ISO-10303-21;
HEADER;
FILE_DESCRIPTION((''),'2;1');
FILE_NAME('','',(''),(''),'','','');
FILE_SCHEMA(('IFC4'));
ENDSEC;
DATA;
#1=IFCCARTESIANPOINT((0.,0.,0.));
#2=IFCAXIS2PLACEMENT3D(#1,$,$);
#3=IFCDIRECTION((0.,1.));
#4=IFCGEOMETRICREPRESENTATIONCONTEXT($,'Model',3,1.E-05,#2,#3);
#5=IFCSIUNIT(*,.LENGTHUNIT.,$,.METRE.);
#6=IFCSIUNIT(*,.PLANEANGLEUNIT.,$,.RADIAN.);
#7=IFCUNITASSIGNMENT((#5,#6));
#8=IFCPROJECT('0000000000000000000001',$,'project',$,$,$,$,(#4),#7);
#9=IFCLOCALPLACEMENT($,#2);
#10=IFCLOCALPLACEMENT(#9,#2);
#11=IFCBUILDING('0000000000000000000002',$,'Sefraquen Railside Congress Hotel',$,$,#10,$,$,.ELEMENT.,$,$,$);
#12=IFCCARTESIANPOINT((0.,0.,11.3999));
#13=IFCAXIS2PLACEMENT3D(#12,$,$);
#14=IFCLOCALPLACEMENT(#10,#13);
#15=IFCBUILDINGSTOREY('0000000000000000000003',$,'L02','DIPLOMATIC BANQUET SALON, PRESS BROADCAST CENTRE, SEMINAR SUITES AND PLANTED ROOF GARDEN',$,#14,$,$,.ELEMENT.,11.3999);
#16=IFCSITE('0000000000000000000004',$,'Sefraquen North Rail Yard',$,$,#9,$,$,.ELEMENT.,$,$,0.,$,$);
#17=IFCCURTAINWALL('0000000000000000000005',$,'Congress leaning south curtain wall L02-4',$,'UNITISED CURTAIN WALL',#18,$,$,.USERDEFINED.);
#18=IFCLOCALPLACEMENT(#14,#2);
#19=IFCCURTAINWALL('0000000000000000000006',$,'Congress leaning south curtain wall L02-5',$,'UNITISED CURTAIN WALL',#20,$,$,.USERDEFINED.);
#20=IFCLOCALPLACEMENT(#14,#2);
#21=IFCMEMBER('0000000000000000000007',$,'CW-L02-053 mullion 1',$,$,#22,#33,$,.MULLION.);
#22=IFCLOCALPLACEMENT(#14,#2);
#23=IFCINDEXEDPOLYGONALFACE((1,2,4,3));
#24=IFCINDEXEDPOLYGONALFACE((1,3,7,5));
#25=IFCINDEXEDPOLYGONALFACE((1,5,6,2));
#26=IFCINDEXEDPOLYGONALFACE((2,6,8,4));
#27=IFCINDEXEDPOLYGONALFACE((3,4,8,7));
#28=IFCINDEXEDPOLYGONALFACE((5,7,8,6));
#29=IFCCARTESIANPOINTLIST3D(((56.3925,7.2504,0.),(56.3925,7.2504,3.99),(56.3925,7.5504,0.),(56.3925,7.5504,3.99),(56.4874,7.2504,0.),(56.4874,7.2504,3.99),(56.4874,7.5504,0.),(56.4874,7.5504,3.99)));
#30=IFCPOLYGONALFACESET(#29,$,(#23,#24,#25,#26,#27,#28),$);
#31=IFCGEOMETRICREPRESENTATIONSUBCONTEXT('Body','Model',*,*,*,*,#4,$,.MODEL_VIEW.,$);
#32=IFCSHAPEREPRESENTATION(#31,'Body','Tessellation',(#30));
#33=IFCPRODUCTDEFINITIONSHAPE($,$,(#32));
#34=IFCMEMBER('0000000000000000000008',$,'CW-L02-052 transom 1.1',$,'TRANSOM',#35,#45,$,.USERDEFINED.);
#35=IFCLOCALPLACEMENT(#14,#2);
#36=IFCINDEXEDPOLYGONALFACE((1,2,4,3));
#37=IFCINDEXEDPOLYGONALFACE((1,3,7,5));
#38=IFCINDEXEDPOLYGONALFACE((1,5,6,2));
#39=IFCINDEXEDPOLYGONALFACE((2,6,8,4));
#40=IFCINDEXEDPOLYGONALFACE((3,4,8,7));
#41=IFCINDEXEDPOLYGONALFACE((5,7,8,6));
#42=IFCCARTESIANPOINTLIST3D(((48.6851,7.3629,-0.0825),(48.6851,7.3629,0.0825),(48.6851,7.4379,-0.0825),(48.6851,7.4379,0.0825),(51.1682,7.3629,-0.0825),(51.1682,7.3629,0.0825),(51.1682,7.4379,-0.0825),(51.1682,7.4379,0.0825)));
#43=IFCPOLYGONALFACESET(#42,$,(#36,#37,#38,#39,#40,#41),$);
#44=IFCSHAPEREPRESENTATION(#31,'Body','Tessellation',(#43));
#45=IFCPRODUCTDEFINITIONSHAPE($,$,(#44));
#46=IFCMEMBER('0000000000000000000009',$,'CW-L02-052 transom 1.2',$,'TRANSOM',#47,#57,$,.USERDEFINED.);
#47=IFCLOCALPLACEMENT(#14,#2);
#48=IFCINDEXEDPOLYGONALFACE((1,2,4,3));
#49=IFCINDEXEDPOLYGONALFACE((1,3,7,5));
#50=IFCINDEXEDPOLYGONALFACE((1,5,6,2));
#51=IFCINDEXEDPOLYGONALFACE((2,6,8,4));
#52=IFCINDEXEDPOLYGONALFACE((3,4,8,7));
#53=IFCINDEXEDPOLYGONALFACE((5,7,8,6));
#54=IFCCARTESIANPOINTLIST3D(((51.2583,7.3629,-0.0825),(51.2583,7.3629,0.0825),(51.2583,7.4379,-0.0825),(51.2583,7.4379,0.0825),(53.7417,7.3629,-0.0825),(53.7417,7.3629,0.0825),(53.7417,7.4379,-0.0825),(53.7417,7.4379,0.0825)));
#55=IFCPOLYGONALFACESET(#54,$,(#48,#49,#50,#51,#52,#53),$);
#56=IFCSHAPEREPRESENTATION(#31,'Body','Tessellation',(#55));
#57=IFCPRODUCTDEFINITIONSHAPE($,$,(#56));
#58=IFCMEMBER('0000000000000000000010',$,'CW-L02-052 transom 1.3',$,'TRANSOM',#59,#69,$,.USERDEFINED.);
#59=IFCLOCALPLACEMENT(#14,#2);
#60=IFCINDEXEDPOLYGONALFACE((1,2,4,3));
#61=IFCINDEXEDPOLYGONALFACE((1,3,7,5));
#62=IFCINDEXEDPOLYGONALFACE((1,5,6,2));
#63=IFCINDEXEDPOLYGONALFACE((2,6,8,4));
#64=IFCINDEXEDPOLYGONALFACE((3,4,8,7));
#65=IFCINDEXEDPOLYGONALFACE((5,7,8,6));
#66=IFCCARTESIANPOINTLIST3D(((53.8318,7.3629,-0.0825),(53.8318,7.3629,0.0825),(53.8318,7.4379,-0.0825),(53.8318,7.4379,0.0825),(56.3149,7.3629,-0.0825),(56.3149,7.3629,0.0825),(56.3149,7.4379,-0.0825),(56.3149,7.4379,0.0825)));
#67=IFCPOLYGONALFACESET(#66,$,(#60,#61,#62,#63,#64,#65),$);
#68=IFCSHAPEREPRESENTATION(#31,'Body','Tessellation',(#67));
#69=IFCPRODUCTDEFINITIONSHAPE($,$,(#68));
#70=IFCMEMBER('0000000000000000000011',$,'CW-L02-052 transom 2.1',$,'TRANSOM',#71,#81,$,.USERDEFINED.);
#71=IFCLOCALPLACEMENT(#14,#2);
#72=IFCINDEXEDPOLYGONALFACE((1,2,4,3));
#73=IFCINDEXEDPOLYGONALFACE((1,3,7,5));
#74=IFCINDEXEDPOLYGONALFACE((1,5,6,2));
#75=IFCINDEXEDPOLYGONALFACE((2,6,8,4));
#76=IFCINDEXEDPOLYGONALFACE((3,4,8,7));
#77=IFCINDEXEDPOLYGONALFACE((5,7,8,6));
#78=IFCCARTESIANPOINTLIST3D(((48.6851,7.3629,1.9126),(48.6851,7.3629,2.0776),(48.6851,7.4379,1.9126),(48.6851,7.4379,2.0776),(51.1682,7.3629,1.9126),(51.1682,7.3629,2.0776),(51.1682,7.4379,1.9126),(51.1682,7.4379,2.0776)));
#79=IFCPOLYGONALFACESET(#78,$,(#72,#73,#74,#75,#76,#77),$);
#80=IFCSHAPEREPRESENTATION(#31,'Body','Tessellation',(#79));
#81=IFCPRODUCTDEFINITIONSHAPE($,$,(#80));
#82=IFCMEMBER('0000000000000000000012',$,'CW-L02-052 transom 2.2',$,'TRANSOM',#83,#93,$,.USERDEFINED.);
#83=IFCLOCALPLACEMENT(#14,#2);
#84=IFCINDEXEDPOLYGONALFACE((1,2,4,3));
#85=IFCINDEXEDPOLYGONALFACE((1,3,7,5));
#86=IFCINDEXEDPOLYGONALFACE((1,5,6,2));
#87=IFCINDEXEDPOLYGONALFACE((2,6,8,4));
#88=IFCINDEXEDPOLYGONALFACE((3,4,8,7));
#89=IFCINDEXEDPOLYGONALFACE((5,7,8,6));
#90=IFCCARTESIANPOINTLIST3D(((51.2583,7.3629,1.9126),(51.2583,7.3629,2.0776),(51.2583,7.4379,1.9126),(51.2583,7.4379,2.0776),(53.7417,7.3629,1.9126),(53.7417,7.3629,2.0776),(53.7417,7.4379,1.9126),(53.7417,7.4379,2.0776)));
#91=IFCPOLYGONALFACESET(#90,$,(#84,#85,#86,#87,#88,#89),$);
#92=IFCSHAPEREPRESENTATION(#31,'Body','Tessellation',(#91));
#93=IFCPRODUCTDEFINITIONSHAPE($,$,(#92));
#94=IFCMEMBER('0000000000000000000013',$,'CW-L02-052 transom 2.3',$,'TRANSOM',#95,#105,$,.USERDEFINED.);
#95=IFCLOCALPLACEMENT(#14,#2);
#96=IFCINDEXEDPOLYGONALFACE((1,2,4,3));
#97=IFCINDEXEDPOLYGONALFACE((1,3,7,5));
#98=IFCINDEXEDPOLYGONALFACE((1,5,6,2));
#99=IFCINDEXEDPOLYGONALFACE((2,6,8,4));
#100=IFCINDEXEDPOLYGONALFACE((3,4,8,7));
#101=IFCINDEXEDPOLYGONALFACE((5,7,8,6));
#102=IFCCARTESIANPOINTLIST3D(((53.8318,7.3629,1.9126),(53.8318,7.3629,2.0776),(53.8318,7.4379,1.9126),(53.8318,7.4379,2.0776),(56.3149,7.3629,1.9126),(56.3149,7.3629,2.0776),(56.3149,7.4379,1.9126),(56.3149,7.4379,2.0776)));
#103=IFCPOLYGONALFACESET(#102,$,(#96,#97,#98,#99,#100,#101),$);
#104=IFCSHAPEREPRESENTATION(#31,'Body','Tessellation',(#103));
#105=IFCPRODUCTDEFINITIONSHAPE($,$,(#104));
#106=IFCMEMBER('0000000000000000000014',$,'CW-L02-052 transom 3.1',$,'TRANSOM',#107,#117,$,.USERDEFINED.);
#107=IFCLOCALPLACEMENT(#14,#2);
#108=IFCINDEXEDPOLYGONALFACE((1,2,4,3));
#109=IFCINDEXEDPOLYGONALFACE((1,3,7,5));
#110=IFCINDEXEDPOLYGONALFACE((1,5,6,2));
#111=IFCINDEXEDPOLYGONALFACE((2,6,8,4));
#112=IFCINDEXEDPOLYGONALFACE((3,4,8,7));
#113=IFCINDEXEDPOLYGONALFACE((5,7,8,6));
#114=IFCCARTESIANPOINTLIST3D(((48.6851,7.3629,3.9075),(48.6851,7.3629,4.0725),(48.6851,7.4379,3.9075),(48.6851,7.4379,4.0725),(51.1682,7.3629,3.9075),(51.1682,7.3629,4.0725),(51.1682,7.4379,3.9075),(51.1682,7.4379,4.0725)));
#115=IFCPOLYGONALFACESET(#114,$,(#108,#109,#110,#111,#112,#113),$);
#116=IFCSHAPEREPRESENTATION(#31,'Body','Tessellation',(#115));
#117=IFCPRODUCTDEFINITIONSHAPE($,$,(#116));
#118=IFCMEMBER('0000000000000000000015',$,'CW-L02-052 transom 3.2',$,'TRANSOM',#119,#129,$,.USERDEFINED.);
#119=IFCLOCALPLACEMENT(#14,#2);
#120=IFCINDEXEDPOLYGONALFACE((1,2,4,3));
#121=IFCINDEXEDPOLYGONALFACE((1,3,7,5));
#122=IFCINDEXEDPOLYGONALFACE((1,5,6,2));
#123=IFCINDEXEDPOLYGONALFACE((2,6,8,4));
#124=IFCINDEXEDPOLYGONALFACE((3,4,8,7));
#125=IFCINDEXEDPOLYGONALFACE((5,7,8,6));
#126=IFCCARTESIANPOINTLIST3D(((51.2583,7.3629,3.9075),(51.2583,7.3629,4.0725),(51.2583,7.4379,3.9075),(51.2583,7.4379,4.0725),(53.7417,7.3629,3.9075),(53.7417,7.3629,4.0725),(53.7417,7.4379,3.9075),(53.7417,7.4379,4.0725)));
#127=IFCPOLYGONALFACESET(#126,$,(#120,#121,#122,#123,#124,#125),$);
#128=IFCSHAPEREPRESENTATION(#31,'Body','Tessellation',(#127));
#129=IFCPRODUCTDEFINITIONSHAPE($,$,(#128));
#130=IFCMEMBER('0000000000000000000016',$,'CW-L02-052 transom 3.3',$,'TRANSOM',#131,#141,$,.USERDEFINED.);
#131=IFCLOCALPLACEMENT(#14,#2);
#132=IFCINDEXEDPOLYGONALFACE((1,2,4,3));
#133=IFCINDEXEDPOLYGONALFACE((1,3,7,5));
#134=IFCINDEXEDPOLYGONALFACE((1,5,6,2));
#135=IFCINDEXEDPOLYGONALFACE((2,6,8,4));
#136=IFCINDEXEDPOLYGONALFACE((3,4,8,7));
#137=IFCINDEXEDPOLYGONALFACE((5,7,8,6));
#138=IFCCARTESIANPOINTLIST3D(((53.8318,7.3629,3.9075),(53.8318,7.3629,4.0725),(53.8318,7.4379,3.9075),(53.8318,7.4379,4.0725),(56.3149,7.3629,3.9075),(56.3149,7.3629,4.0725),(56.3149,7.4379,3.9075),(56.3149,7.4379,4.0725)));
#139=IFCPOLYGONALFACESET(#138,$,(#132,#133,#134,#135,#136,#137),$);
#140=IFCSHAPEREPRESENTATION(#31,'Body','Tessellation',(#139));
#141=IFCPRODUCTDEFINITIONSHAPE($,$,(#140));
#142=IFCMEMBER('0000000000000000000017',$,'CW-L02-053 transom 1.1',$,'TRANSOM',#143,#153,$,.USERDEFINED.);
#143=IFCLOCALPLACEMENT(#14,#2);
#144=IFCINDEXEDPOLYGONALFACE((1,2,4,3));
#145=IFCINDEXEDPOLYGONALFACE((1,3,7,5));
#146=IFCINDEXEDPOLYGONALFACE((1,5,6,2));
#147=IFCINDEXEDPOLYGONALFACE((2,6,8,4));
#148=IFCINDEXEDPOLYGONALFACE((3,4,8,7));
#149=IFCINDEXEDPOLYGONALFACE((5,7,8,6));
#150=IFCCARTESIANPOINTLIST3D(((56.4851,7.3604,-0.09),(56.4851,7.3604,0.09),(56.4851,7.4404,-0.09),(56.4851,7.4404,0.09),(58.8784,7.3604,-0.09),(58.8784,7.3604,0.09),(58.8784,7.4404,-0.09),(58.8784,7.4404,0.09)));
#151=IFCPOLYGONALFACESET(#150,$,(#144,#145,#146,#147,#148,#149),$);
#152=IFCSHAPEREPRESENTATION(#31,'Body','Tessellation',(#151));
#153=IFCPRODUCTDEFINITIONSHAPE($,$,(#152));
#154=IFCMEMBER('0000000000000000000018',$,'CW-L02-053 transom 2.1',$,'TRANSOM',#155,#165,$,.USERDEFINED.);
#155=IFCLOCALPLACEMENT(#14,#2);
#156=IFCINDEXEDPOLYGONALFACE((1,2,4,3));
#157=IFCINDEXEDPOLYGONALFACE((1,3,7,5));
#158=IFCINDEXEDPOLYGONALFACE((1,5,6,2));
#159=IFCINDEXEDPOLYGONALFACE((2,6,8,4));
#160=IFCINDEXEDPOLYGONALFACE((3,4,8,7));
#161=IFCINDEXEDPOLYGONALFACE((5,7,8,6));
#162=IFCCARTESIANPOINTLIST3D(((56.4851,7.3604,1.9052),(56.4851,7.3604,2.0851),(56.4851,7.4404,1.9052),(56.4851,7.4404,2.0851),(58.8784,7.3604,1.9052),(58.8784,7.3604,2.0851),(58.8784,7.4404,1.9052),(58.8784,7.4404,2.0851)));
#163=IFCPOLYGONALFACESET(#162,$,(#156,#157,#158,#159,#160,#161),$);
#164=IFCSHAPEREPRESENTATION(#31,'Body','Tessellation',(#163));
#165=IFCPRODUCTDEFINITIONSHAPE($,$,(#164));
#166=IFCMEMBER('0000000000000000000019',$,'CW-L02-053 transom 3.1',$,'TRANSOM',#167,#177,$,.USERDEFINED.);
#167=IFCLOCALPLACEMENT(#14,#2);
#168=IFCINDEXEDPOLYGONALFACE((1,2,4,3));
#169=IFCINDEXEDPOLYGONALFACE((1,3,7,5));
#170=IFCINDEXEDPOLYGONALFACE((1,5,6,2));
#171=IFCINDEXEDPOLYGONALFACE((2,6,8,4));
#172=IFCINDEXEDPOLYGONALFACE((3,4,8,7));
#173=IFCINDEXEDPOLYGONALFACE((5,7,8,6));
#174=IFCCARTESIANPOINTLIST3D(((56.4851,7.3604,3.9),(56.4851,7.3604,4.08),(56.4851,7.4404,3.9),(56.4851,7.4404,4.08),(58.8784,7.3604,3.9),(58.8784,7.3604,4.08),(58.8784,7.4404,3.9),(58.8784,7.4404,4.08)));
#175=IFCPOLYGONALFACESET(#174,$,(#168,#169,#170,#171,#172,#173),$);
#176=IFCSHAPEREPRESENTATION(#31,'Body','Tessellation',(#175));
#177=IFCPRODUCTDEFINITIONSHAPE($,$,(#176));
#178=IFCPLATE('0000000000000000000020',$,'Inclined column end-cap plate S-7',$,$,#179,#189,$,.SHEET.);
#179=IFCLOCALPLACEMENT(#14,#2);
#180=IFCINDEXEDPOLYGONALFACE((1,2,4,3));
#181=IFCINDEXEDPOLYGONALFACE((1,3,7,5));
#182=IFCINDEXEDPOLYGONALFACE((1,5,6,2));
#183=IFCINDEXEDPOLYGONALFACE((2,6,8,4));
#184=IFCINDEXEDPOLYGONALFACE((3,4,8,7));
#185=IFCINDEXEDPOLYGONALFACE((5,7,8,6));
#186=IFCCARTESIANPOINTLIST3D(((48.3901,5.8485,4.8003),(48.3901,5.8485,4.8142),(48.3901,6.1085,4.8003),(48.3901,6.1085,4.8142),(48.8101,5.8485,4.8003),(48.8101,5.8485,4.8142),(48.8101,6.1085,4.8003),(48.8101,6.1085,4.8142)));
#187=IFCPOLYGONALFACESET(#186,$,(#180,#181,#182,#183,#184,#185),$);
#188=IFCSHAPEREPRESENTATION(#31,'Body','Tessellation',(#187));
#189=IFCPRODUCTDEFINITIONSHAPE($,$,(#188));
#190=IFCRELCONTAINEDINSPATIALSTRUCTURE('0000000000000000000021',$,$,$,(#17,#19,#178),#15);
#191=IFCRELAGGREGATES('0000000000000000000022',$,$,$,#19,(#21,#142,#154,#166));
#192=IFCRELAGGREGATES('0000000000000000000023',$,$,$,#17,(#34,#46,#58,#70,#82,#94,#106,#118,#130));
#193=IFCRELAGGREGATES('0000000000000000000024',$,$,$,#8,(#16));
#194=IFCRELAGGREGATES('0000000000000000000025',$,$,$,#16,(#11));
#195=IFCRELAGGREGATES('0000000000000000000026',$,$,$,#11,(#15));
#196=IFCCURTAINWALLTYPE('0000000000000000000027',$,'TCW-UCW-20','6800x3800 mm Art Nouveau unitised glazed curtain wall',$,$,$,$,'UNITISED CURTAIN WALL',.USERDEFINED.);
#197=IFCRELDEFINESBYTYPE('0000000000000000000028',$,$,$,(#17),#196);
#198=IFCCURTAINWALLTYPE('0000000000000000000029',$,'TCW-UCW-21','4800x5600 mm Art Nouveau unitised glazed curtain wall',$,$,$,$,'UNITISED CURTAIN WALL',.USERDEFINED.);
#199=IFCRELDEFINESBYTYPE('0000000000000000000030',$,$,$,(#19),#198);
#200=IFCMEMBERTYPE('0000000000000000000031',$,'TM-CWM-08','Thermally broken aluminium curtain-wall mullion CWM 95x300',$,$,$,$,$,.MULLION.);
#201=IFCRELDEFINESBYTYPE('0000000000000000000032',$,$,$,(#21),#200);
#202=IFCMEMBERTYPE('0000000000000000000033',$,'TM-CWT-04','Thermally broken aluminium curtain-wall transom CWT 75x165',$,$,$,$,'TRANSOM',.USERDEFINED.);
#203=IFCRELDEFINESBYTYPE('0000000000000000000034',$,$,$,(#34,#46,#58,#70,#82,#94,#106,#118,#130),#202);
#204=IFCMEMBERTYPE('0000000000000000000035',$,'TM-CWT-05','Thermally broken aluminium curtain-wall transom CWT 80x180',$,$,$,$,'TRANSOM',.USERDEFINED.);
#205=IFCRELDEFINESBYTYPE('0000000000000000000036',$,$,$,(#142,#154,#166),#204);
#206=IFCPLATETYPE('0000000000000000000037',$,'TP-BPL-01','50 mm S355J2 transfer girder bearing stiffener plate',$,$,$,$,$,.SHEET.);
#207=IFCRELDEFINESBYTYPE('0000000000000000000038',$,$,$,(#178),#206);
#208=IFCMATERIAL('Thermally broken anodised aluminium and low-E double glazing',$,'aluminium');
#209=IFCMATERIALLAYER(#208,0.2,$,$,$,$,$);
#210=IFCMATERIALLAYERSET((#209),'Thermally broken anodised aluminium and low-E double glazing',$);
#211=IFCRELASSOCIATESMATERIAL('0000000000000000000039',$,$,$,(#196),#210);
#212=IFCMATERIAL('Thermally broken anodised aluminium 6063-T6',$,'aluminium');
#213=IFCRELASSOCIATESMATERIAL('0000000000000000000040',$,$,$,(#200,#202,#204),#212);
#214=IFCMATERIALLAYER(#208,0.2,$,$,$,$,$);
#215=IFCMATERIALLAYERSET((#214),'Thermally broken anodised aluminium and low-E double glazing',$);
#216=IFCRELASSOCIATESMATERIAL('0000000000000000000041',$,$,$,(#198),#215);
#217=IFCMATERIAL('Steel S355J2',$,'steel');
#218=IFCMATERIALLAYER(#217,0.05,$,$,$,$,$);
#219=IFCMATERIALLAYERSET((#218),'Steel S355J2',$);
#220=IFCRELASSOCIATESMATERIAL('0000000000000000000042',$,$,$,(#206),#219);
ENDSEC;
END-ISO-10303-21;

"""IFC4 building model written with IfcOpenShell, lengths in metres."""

from ifc_helpers import new_model, si_unit, direction, frame, origin, origin_2d, place, context, subcontext, project, spatial, rectangle, extrude, material, layer, layer_set, material_profile, profile_set, type_object, element, aggregate, save


model = new_model("IFC4")

# Units and contexts
model_context = context("Model", 3, precision=1e-05, world=origin(), true_north=direction((0.0, 1.0)))
body_context = subcontext(model_context, "Body", "Model", "MODEL_VIEW")
ifc_project = project(units=[si_unit("LENGTHUNIT", "METRE"), si_unit("PLANEANGLEUNIT", "RADIAN")], contexts=[model_context])

# Site, building, storey
site_placement = place(None, origin())
site = spatial("IfcSite", under=ifc_project, at=site_placement, Name="Sefraquen North Rail Yard", CompositionType="ELEMENT", RefElevation=0.0)
building_placement = place(site_placement, origin())
building = spatial("IfcBuilding", under=site, at=building_placement, Name="Sefraquen Railside Congress Hotel", CompositionType="ELEMENT")
storey_placement = place(building_placement, frame((0.0, 0.0, 11.3999)))
storey = spatial("IfcBuildingStorey", under=building, at=storey_placement, Name="L02", Description="DIPLOMATIC BANQUET SALON, PRESS BROADCAST CENTRE, SEMINAR SUITES AND PLANTED ROOF GARDEN", CompositionType="ELEMENT", Elevation=11.3999)

# Shared definitions
ifc_material_1 = material(Name="Steel S355J2", Category="steel")

# Curtain wall
ifc_material_2 = material(Name="Thermally broken anodised aluminium and low-E double glazing", Category="aluminium")
ifc_layer_1 = layer(ifc_material_2, 0.2)
ifc_layer_set_1 = layer_set([ifc_layer_1], Name="Thermally broken anodised aluminium and low-E double glazing")
curtain_wall_type_1 = type_object("IfcCurtainWallType", Name="TCW-UCW-20", Description="6800x3800 mm Art Nouveau unitised glazed curtain wall", ElementType="UNITISED CURTAIN WALL", PredefinedType="USERDEFINED", material=ifc_layer_set_1)
curtain_wall_1_placement = place(storey_placement, origin())
curtain_wall_1 = element("IfcCurtainWall", 1, at=curtain_wall_1_placement, inside=storey, type_object=curtain_wall_type_1, Name="Congress leaning south curtain wall L02-4", ObjectType="UNITISED CURTAIN WALL", PredefinedType="USERDEFINED")
ifc_material_3 = material(Name="Thermally broken anodised aluminium 6063-T6", Category="aluminium")
ifc_material_profile_1 = material_profile(ifc_material_3, rectangle(XDim=0.095, YDim=0.3, at=origin_2d()), Name="CWM 95x300")
ifc_profile_set_1 = profile_set([ifc_material_profile_1], Name="Thermally broken anodised aluminium 6063-T6")
member_type_1 = type_object("IfcMemberType", Name="TM-CWM-08", Description="Thermally broken aluminium curtain-wall mullion CWM 95x300", PredefinedType="MULLION", material=ifc_profile_set_1)

# Curtain wall, member
ifc_layer_2 = layer(ifc_material_2, 0.2)
ifc_layer_set_2 = layer_set([ifc_layer_2], Name="Thermally broken anodised aluminium and low-E double glazing")
curtain_wall_type_2 = type_object("IfcCurtainWallType", Name="TCW-UCW-21", Description="4800x5600 mm Art Nouveau unitised glazed curtain wall", ElementType="UNITISED CURTAIN WALL", PredefinedType="USERDEFINED", material=ifc_layer_set_2)
curtain_wall_2_placement = place(storey_placement, origin())
curtain_wall_2 = element("IfcCurtainWall", 2, at=curtain_wall_2_placement, inside=storey, type_object=curtain_wall_type_2, Name="Congress leaning south curtain wall L02-5", ObjectType="UNITISED CURTAIN WALL", PredefinedType="USERDEFINED")
member_1_placement = place(storey_placement, frame((56.4399, 7.4004, 0.0), z_axis=(0.0, 0.0, 1.0), x_axis=(1.0, 0.0, 0.0)))
member_1 = element("IfcMember", 3, at=member_1_placement, type_object=member_type_1, Name="CW-L02-053 mullion 1", PredefinedType="MULLION", context=body_context, shape_type="SweptSolid", body=[
    extrude(rectangle(XDim=0.095, YDim=0.3, at=origin_2d()), origin(), (0.0, 0.0, 1.0), 3.99),
])

# Members
ifc_material_profile_2 = material_profile(ifc_material_3, rectangle(XDim=0.075, YDim=0.165, at=origin_2d()), Name="CWT 75x165")
ifc_profile_set_2 = profile_set([ifc_material_profile_2], Name="Thermally broken anodised aluminium 6063-T6")
member_type_2 = type_object("IfcMemberType", Name="TM-CWT-04", Description="Thermally broken aluminium curtain-wall transom CWT 75x165", ElementType="TRANSOM", PredefinedType="USERDEFINED", material=ifc_profile_set_2)
member_2_placement = place(storey_placement, frame((48.6851, 7.4004, 0.0), z_axis=(1.0, 0.0, 0.0), x_axis=(0.0, 1.0, 0.0)))
member_2 = element("IfcMember", 4, at=member_2_placement, type_object=member_type_2, Name="CW-L02-052 transom 1.1", ObjectType="TRANSOM", PredefinedType="USERDEFINED", context=body_context, shape_type="SweptSolid", body=[
    extrude(rectangle(XDim=0.075, YDim=0.165, at=origin_2d()), origin(), (0.0, 0.0, 1.0), 2.4832),
])
member_3_placement = place(storey_placement, frame((51.2583, 7.4004, 0.0), z_axis=(1.0, 0.0, 0.0), x_axis=(0.0, 1.0, 0.0)))
member_3 = element("IfcMember", 5, at=member_3_placement, type_object=member_type_2, Name="CW-L02-052 transom 1.2", ObjectType="TRANSOM", PredefinedType="USERDEFINED", context=body_context, shape_type="SweptSolid", body=[
    extrude(rectangle(XDim=0.075, YDim=0.165, at=origin_2d()), origin(), (0.0, 0.0, 1.0), 2.4834),
])
member_4_placement = place(storey_placement, frame((53.8318, 7.4004, 0.0), z_axis=(1.0, 0.0, 0.0), x_axis=(0.0, 1.0, 0.0)))
member_4 = element("IfcMember", 6, at=member_4_placement, type_object=member_type_2, Name="CW-L02-052 transom 1.3", ObjectType="TRANSOM", PredefinedType="USERDEFINED", context=body_context, shape_type="SweptSolid", body=[
    extrude(rectangle(XDim=0.075, YDim=0.165, at=origin_2d()), origin(), (0.0, 0.0, 1.0), 2.4832),
])
member_5_placement = place(storey_placement, frame((48.6851, 7.4004, 1.9951), z_axis=(1.0, 0.0, 0.0), x_axis=(0.0, 1.0, 0.0)))
member_5 = element("IfcMember", 7, at=member_5_placement, type_object=member_type_2, Name="CW-L02-052 transom 2.1", ObjectType="TRANSOM", PredefinedType="USERDEFINED", context=body_context, shape_type="SweptSolid", body=[
    extrude(rectangle(XDim=0.075, YDim=0.165, at=origin_2d()), origin(), (0.0, 0.0, 1.0), 2.4832),
])
member_6_placement = place(storey_placement, frame((51.2583, 7.4004, 1.9951), z_axis=(1.0, 0.0, 0.0), x_axis=(0.0, 1.0, 0.0)))
member_6 = element("IfcMember", 8, at=member_6_placement, type_object=member_type_2, Name="CW-L02-052 transom 2.2", ObjectType="TRANSOM", PredefinedType="USERDEFINED", context=body_context, shape_type="SweptSolid", body=[
    extrude(rectangle(XDim=0.075, YDim=0.165, at=origin_2d()), origin(), (0.0, 0.0, 1.0), 2.4834),
])
member_7_placement = place(storey_placement, frame((53.8318, 7.4004, 1.9951), z_axis=(1.0, 0.0, 0.0), x_axis=(0.0, 1.0, 0.0)))
member_7 = element("IfcMember", 9, at=member_7_placement, type_object=member_type_2, Name="CW-L02-052 transom 2.3", ObjectType="TRANSOM", PredefinedType="USERDEFINED", context=body_context, shape_type="SweptSolid", body=[
    extrude(rectangle(XDim=0.075, YDim=0.165, at=origin_2d()), origin(), (0.0, 0.0, 1.0), 2.4832),
])
member_8_placement = place(storey_placement, frame((48.6851, 7.4004, 3.99), z_axis=(1.0, 0.0, 0.0), x_axis=(0.0, 1.0, 0.0)))
member_8 = element("IfcMember", 10, at=member_8_placement, type_object=member_type_2, Name="CW-L02-052 transom 3.1", ObjectType="TRANSOM", PredefinedType="USERDEFINED", context=body_context, shape_type="SweptSolid", body=[
    extrude(rectangle(XDim=0.075, YDim=0.165, at=origin_2d()), origin(), (0.0, 0.0, 1.0), 2.4832),
])
member_9_placement = place(storey_placement, frame((51.2583, 7.4004, 3.99), z_axis=(1.0, 0.0, 0.0), x_axis=(0.0, 1.0, 0.0)))
member_9 = element("IfcMember", 11, at=member_9_placement, type_object=member_type_2, Name="CW-L02-052 transom 3.2", ObjectType="TRANSOM", PredefinedType="USERDEFINED", context=body_context, shape_type="SweptSolid", body=[
    extrude(rectangle(XDim=0.075, YDim=0.165, at=origin_2d()), origin(), (0.0, 0.0, 1.0), 2.4834),
])
member_10_placement = place(storey_placement, frame((53.8318, 7.4004, 3.99), z_axis=(1.0, 0.0, 0.0), x_axis=(0.0, 1.0, 0.0)))
member_10 = element("IfcMember", 12, at=member_10_placement, type_object=member_type_2, Name="CW-L02-052 transom 3.3", ObjectType="TRANSOM", PredefinedType="USERDEFINED", context=body_context, shape_type="SweptSolid", body=[
    extrude(rectangle(XDim=0.075, YDim=0.165, at=origin_2d()), origin(), (0.0, 0.0, 1.0), 2.4832),
])
ifc_material_profile_3 = material_profile(ifc_material_3, rectangle(XDim=0.0801, YDim=0.1799, at=origin_2d()), Name="CWT 80x180")
ifc_profile_set_3 = profile_set([ifc_material_profile_3], Name="Thermally broken anodised aluminium 6063-T6")
member_type_3 = type_object("IfcMemberType", Name="TM-CWT-05", Description="Thermally broken aluminium curtain-wall transom CWT 80x180", ElementType="TRANSOM", PredefinedType="USERDEFINED", material=ifc_profile_set_3)
member_11_placement = place(storey_placement, frame((56.4851, 7.4004, 0.0), z_axis=(1.0, 0.0, 0.0), x_axis=(0.0, 1.0, 0.0)))
member_11 = element("IfcMember", 13, at=member_11_placement, type_object=member_type_3, Name="CW-L02-053 transom 1.1", ObjectType="TRANSOM", PredefinedType="USERDEFINED", context=body_context, shape_type="SweptSolid", body=[
    extrude(rectangle(XDim=0.0801, YDim=0.1799, at=origin_2d()), origin(), (0.0, 0.0, 1.0), 2.3933),
])
member_12_placement = place(storey_placement, frame((56.4851, 7.4004, 1.9951), z_axis=(1.0, 0.0, 0.0), x_axis=(0.0, 1.0, 0.0)))
member_12 = element("IfcMember", 14, at=member_12_placement, type_object=member_type_3, Name="CW-L02-053 transom 2.1", ObjectType="TRANSOM", PredefinedType="USERDEFINED", context=body_context, shape_type="SweptSolid", body=[
    extrude(rectangle(XDim=0.0801, YDim=0.1799, at=origin_2d()), origin(), (0.0, 0.0, 1.0), 2.3933),
])
member_13_placement = place(storey_placement, frame((56.4851, 7.4004, 3.99), z_axis=(1.0, 0.0, 0.0), x_axis=(0.0, 1.0, 0.0)))
member_13 = element("IfcMember", 15, at=member_13_placement, type_object=member_type_3, Name="CW-L02-053 transom 3.1", ObjectType="TRANSOM", PredefinedType="USERDEFINED", context=body_context, shape_type="SweptSolid", body=[
    extrude(rectangle(XDim=0.0801, YDim=0.1799, at=origin_2d()), origin(), (0.0, 0.0, 1.0), 2.3933),
])
aggregate(curtain_wall_2, [member_1, member_11, member_12, member_13])

# Plate
ifc_layer_3 = layer(ifc_material_1, 0.05)
ifc_layer_set_3 = layer_set([ifc_layer_3], Name="Steel S355J2")
plate_type_1 = type_object("IfcPlateType", Name="TP-BPL-01", Description="50 mm S355J2 transfer girder bearing stiffener plate", PredefinedType="SHEET", material=ifc_layer_set_3)
for number, where, z_axis, x_axis, name in (
    (16, (48.6001, 5.9785, 4.8003), (0.0, 0.0, 1.0), (1.0, 0.0, 0.0), "Inclined column end-cap plate S-7"),
):
    element("IfcPlate", number, at=place(storey_placement, frame(where, z_axis=z_axis, x_axis=x_axis)), inside=storey, type_object=plate_type_1, Name=name, PredefinedType="SHEET", context=body_context, shape_type="SweptSolid", body=[
        extrude(rectangle(XDim=0.4199, YDim=0.26, at=origin_2d()), origin(), (0.0, 0.0, 1.0), 0.0139),
    ])

aggregate(curtain_wall_1, [member_2, member_3, member_4, member_5, member_6, member_7, member_8, member_9, member_10])

save(model, "model.ifc")
